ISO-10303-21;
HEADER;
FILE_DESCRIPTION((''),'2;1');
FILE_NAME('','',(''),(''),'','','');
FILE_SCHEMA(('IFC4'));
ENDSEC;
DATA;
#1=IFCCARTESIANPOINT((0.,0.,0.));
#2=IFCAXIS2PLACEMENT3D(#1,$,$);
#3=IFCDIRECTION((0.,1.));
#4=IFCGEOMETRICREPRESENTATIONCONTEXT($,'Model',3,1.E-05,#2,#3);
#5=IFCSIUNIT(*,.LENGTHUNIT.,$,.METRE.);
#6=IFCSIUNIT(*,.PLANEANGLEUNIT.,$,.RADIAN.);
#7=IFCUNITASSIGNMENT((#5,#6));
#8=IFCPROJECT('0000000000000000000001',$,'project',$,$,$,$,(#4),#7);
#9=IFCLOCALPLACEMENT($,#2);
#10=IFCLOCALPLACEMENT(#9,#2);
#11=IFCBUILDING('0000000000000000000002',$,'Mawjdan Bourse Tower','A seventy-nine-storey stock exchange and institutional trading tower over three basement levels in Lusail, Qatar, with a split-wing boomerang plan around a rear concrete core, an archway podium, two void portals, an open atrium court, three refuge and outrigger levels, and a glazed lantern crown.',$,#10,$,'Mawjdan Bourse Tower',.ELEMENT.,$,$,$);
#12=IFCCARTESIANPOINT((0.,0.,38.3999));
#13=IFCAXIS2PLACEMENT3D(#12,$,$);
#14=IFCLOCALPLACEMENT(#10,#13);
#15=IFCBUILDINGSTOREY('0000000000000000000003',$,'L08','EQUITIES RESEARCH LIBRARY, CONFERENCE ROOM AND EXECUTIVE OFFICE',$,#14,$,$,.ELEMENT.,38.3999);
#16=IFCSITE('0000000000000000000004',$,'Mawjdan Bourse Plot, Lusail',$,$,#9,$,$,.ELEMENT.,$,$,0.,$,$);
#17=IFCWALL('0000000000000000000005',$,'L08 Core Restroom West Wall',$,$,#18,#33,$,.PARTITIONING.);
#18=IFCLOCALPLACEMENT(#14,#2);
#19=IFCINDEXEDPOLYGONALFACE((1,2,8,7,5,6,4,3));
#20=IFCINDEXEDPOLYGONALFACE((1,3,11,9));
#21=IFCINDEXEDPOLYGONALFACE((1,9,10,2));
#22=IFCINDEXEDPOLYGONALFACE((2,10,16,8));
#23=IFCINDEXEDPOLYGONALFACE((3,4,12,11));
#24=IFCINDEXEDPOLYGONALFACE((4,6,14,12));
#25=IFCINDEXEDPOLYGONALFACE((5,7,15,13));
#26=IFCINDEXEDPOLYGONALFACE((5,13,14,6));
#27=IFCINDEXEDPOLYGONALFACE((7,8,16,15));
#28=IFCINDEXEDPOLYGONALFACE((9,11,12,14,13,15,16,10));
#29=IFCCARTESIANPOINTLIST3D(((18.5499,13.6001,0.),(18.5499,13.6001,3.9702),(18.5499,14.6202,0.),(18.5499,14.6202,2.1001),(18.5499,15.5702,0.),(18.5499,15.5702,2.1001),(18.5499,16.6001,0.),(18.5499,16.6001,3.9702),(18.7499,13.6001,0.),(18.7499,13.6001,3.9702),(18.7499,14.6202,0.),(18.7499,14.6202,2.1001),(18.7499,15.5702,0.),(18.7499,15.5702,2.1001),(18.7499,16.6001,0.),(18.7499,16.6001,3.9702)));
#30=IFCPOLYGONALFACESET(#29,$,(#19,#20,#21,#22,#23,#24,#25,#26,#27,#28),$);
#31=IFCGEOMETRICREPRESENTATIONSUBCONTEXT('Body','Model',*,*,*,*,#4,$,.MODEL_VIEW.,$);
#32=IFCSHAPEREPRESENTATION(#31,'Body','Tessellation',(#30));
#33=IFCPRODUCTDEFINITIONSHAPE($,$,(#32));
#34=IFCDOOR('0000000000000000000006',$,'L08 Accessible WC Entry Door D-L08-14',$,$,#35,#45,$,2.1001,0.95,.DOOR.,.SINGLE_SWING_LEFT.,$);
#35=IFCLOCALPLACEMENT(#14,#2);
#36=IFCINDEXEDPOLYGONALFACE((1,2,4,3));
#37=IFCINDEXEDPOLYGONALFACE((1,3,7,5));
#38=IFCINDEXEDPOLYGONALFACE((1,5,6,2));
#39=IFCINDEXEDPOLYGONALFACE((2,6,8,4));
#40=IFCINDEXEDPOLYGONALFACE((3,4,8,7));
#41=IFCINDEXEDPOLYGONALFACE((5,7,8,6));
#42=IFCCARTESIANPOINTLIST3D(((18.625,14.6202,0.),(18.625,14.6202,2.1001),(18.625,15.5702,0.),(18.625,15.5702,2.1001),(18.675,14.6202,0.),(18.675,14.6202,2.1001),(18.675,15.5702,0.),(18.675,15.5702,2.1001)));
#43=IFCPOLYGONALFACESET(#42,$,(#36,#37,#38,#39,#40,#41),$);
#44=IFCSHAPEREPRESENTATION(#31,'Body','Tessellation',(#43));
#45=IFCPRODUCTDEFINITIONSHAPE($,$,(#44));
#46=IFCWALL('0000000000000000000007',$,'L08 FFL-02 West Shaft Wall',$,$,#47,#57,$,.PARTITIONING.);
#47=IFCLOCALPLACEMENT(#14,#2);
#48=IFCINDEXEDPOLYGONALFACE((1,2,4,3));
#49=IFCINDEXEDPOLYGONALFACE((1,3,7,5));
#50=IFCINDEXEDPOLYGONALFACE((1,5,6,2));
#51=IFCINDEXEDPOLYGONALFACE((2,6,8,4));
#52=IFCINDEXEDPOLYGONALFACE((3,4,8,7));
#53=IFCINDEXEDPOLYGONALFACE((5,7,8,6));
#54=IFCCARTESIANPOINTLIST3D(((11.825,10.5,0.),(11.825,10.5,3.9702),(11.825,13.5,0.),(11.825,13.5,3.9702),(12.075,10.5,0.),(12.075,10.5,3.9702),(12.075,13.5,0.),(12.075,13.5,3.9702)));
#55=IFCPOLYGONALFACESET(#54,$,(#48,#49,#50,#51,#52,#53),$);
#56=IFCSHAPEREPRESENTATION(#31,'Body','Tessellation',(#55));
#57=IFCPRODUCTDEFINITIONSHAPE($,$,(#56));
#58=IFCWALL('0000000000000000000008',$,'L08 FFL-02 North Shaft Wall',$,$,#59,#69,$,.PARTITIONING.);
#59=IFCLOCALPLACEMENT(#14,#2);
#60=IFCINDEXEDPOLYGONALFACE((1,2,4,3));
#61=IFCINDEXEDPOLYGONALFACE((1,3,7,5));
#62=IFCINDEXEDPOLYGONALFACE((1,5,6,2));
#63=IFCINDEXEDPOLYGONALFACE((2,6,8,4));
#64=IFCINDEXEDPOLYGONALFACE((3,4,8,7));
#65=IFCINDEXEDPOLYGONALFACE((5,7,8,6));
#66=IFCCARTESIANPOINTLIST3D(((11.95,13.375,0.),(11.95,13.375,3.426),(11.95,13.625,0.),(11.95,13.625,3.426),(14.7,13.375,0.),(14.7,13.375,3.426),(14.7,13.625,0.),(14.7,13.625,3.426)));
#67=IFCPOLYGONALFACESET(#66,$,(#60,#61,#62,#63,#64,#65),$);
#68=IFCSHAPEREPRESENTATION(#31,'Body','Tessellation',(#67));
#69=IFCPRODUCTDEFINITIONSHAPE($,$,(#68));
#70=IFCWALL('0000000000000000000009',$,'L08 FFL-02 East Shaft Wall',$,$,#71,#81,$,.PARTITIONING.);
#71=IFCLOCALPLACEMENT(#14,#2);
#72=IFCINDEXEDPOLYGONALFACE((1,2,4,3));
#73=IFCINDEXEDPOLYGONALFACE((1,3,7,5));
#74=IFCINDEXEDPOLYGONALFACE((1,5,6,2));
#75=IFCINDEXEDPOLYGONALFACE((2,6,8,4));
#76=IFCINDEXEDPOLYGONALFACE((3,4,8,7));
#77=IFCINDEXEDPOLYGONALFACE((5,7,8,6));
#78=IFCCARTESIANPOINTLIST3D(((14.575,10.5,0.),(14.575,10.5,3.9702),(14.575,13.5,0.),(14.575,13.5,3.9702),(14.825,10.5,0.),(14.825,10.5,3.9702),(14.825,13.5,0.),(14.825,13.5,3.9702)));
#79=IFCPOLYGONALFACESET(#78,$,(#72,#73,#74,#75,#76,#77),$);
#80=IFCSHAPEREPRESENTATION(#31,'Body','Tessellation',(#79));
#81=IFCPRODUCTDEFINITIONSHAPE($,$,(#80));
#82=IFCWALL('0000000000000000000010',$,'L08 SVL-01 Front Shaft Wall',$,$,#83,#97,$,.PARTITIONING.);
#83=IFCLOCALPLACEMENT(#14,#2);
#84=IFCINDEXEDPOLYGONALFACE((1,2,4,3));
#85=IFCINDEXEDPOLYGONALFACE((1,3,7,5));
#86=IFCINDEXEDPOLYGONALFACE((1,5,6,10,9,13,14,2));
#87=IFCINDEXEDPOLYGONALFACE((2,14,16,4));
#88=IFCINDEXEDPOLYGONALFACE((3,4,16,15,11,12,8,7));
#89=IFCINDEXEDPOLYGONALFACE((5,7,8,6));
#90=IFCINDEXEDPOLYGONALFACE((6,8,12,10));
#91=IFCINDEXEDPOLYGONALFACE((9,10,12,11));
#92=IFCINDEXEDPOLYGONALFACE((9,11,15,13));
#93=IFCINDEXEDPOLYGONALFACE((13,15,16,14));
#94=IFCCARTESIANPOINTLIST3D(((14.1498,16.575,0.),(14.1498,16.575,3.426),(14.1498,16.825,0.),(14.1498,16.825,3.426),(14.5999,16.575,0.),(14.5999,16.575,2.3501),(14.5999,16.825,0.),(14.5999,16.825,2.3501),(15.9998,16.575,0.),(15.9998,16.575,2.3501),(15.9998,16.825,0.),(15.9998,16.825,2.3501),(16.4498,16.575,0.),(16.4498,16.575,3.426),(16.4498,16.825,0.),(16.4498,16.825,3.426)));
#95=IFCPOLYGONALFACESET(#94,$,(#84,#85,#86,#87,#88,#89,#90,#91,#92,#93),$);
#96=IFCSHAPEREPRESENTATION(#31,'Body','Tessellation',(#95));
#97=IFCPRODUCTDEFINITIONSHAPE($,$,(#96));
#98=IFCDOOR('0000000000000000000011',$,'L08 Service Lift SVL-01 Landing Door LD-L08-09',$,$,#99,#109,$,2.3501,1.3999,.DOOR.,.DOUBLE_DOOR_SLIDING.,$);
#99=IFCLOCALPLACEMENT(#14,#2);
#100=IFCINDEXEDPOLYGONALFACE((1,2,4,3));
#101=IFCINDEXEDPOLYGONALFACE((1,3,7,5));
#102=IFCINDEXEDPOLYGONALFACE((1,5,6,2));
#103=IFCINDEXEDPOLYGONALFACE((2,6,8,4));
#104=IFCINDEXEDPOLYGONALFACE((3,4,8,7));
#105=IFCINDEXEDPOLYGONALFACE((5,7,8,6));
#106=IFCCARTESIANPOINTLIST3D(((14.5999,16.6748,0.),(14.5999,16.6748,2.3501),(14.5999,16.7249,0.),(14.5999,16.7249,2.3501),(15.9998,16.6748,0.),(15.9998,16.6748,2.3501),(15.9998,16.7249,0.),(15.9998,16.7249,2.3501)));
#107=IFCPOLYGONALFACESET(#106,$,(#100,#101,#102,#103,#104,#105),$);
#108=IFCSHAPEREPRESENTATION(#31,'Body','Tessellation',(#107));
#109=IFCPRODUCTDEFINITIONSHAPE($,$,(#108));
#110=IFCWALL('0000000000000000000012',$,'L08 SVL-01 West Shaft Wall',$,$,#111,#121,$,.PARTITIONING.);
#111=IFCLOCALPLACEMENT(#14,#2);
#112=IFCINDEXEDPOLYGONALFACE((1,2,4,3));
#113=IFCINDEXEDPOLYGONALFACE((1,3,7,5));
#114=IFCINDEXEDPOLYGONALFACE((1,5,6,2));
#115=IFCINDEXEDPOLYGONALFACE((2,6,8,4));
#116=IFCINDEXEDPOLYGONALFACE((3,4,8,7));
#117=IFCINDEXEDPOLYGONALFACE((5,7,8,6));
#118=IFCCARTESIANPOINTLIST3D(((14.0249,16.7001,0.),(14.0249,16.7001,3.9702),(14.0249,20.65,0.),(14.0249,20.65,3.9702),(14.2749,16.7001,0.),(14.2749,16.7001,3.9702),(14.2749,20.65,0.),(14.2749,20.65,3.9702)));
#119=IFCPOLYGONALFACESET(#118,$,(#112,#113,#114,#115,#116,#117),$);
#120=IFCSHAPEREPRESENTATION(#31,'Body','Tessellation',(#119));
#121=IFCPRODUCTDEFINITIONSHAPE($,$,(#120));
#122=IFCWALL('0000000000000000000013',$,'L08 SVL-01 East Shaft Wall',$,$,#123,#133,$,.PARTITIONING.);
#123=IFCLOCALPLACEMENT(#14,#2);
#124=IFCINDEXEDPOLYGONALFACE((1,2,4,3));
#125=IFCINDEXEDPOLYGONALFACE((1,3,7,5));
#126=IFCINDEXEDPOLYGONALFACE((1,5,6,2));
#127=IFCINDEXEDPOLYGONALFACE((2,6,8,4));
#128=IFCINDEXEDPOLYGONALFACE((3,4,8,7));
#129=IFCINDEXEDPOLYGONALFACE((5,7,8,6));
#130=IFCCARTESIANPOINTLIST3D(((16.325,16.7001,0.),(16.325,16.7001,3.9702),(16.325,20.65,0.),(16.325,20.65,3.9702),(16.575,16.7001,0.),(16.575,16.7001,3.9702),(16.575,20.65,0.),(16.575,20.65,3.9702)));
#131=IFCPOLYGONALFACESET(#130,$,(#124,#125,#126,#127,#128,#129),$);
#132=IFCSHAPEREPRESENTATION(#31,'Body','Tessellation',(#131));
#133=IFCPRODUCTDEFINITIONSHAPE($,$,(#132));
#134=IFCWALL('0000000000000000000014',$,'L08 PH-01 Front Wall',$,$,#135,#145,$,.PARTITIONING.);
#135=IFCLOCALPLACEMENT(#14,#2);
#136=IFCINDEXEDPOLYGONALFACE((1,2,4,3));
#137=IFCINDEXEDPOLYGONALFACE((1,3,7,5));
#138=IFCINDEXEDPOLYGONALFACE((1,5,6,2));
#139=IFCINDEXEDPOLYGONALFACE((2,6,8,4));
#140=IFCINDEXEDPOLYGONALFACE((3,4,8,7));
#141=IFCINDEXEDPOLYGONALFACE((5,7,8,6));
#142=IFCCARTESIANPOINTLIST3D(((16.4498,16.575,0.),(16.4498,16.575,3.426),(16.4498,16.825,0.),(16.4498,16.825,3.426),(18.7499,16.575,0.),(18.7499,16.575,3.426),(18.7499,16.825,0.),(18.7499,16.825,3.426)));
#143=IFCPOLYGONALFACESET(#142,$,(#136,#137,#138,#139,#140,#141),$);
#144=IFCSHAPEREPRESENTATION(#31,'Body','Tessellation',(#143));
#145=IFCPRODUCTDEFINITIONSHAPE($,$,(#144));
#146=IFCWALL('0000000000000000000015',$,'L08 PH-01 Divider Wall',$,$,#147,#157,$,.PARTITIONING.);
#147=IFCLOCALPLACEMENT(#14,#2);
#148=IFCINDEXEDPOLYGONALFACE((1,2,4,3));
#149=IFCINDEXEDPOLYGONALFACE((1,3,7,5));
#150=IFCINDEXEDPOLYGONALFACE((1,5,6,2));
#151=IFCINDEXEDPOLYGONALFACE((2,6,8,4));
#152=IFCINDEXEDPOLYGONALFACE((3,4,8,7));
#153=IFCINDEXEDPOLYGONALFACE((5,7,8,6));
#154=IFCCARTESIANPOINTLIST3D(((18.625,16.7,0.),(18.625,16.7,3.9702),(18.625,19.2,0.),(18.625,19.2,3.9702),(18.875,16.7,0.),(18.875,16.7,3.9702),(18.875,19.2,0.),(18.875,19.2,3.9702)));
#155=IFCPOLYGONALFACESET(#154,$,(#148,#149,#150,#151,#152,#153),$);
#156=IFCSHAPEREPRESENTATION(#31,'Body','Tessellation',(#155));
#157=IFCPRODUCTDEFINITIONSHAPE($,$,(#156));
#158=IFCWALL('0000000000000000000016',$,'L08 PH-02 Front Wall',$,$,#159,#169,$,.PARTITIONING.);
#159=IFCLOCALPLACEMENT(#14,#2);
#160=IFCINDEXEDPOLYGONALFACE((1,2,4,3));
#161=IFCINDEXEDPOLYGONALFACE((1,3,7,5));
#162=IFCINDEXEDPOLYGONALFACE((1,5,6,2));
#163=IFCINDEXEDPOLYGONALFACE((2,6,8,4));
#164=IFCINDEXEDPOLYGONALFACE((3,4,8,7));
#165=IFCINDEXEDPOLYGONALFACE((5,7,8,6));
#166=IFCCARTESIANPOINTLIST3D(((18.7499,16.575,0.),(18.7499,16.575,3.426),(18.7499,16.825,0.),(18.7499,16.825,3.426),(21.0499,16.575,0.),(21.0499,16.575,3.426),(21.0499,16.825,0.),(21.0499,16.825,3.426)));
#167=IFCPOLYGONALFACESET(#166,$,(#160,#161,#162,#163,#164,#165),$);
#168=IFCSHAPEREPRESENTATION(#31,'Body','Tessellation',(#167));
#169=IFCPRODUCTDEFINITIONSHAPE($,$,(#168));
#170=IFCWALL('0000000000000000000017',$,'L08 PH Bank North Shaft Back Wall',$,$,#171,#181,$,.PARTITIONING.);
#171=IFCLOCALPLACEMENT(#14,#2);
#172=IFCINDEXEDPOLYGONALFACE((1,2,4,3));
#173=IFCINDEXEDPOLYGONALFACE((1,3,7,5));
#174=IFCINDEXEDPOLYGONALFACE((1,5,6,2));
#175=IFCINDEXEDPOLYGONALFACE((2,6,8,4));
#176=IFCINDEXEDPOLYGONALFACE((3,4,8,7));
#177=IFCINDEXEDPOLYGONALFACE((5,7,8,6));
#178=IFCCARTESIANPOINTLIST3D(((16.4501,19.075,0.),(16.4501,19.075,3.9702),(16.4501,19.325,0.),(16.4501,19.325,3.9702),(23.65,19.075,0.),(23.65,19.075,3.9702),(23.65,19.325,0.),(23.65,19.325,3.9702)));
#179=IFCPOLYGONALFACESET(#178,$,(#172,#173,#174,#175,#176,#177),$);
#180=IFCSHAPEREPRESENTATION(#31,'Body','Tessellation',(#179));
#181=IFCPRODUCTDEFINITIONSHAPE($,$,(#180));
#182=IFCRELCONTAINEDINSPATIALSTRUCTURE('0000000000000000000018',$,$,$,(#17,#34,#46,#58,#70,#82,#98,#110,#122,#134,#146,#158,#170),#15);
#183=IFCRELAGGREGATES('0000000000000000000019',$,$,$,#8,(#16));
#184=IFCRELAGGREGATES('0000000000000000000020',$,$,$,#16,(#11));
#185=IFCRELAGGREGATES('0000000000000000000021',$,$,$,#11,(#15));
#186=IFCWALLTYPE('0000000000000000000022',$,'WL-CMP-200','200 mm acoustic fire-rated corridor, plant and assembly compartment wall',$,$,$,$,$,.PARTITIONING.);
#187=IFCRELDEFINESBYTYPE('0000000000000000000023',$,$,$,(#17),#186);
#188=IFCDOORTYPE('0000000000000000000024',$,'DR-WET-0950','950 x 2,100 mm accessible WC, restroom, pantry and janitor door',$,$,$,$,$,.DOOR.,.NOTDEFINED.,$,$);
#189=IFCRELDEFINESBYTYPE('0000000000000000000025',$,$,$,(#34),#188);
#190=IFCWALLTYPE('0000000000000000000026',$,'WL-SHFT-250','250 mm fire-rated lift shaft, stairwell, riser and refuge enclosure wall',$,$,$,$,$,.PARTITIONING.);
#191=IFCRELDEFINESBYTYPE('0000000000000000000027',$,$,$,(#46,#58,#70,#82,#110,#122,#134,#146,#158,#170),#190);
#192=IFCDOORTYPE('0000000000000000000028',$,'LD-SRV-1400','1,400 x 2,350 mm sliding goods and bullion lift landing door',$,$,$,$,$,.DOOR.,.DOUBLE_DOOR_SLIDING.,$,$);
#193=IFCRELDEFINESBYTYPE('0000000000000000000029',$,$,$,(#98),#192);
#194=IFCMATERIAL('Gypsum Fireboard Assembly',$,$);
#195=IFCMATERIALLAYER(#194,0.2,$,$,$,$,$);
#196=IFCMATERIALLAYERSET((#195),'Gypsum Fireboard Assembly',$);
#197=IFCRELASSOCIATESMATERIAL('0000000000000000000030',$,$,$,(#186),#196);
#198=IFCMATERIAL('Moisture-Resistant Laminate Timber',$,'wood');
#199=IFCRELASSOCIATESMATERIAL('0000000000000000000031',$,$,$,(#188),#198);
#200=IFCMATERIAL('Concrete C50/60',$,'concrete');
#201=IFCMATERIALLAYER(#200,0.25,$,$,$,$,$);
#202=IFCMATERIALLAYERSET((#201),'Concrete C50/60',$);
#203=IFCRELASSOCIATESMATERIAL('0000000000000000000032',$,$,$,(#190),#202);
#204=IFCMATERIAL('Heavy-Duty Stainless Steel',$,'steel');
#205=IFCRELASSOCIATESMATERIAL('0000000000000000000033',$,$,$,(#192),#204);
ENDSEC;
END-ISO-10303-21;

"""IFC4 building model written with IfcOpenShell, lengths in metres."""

from ifc_helpers import new_model, si_unit, direction, frame, frame_2d, origin, place, context, subcontext, project, spatial, rectangle, extrude, material, layer, layer_set, type_object, element, fill, save


model = new_model("IFC4")

# Units and contexts
model_context = context("Model", 3, precision=1e-05, world=origin(), true_north=direction((0.0, 1.0)))
body_context = subcontext(model_context, "Body", "Model", "MODEL_VIEW")
ifc_project = project(units=[si_unit("LENGTHUNIT", "METRE"), si_unit("PLANEANGLEUNIT", "RADIAN")], contexts=[model_context])

# Site, building, storey
site_placement = place(None, origin())
site = spatial("IfcSite", under=ifc_project, at=site_placement, Name="Mawjdan Bourse Plot, Lusail", CompositionType="ELEMENT", RefElevation=0.0)
building_placement = place(site_placement, origin())
building = spatial("IfcBuilding", under=site, at=building_placement, Name="Mawjdan Bourse Tower", Description="A seventy-nine-storey stock exchange and institutional trading tower over three basement levels in Lusail, Qatar, with a split-wing boomerang plan around a rear concrete core, an archway podium, two void portals, an open atrium court, three refuge and outrigger levels, and a glazed lantern crown.", LongName="Mawjdan Bourse Tower", CompositionType="ELEMENT")
storey_placement = place(building_placement, frame((0.0, 0.0, 38.3999)))
storey = spatial("IfcBuildingStorey", under=building, at=storey_placement, Name="L08", Description="EQUITIES RESEARCH LIBRARY, CONFERENCE ROOM AND EXECUTIVE OFFICE", CompositionType="ELEMENT", Elevation=38.3999)

# Wall, opening, door
ifc_material_1 = material(Name="Gypsum Fireboard Assembly")
ifc_layer_1 = layer(ifc_material_1, 0.2)
ifc_layer_set_1 = layer_set([ifc_layer_1], Name="Gypsum Fireboard Assembly")
wall_type_1 = type_object("IfcWallType", Name="WL-CMP-200", Description="200 mm acoustic fire-rated corridor, plant and assembly compartment wall", PredefinedType="PARTITIONING", material=ifc_layer_set_1)
wall_1_placement = place(storey_placement, frame((18.6499, 13.6001, 0.0), z_axis=(0.0, 0.0, 1.0), x_axis=(0.0, 1.0, 0.0)))
wall_1 = element("IfcWall", 1, at=wall_1_placement, inside=storey, type_object=wall_type_1, Name="L08 Core Restroom West Wall", PredefinedType="PARTITIONING", context=body_context, shape_type="SweptSolid", body=[
    extrude(rectangle(XDim=3.0, YDim=0.2, at=frame_2d((1.5, 0.0))), origin(), (0.0, 0.0, 1.0), 3.9702),
])
opening_1_placement = place(wall_1_placement, frame((1.02, 0.0, 0.0)))
opening_1 = element("IfcOpeningElement", 2, at=opening_1_placement, cuts=wall_1, PredefinedType="OPENING", context=body_context, shape_type="SweptSolid", body=[
    extrude(rectangle(XDim=0.95, YDim=2.1001, at=frame_2d((0.4751, 1.05))), frame((0.0, 0.1099, 0.0), z_axis=(0.0, -1.0, 0.0), x_axis=(1.0, 0.0, 0.0)), (0.0, 0.0, 1.0), 0.22),
])
ifc_material_2 = material(Name="Moisture-Resistant Laminate Timber", Category="wood")
door_type_1 = type_object("IfcDoorType", Name="DR-WET-0950", Description="950 x 2,100 mm accessible WC, restroom, pantry and janitor door", OperationType="NOTDEFINED", PredefinedType="DOOR", material=ifc_material_2)
door_1_placement = place(opening_1_placement, origin())
door_1 = element("IfcDoor", 3, at=door_1_placement, inside=storey, type_object=door_type_1, Name="L08 Accessible WC Entry Door D-L08-14", OperationType="SINGLE_SWING_LEFT", OverallHeight=2.1001, OverallWidth=0.95, PredefinedType="DOOR", context=body_context, shape_type="SweptSolid", body=[
    extrude(rectangle(XDim=0.95, YDim=2.1001, at=frame_2d((0.4751, 1.05))), frame((0.0, 0.0249, 0.0), z_axis=(0.0, -1.0, 0.0), x_axis=(1.0, 0.0, 0.0)), (0.0, 0.0, 1.0), 0.05),
])
fill(opening_1, door_1)

# Walls
ifc_material_3 = material(Name="Concrete C50/60", Category="concrete")
ifc_layer_2 = layer(ifc_material_3, 0.25)
ifc_layer_set_2 = layer_set([ifc_layer_2], Name="Concrete C50/60")
wall_type_2 = type_object("IfcWallType", Name="WL-SHFT-250", Description="250 mm fire-rated lift shaft, stairwell, riser and refuge enclosure wall", PredefinedType="PARTITIONING", material=ifc_layer_set_2)
wall_2_placement = place(storey_placement, frame((11.95, 10.5, 0.0), z_axis=(0.0, 0.0, 1.0), x_axis=(0.0, 1.0, 0.0)))
element("IfcWall", 4, at=wall_2_placement, inside=storey, type_object=wall_type_2, Name="L08 FFL-02 West Shaft Wall", PredefinedType="PARTITIONING", context=body_context, shape_type="SweptSolid", body=[
    extrude(rectangle(XDim=3.0, YDim=0.25, at=frame_2d((1.5, 0.0))), origin(), (0.0, 0.0, 1.0), 3.9702),
])
wall_3_placement = place(storey_placement, frame((11.95, 13.5, 0.0), z_axis=(0.0, 0.0, 1.0), x_axis=(1.0, 0.0, 0.0)))
element("IfcWall", 5, at=wall_3_placement, inside=storey, type_object=wall_type_2, Name="L08 FFL-02 North Shaft Wall", PredefinedType="PARTITIONING", context=body_context, shape_type="SweptSolid", body=[
    extrude(rectangle(XDim=2.75, YDim=0.25, at=frame_2d((1.375, 0.0))), origin(), (0.0, 0.0, 1.0), 3.426),
])
wall_4_placement = place(storey_placement, frame((14.7, 10.5, 0.0), z_axis=(0.0, 0.0, 1.0), x_axis=(0.0, 1.0, 0.0)))
element("IfcWall", 6, at=wall_4_placement, inside=storey, type_object=wall_type_2, Name="L08 FFL-02 East Shaft Wall", PredefinedType="PARTITIONING", context=body_context, shape_type="SweptSolid", body=[
    extrude(rectangle(XDim=3.0, YDim=0.25, at=frame_2d((1.5, 0.0))), origin(), (0.0, 0.0, 1.0), 3.9702),
])

# Wall, opening, door
wall_5_placement = place(storey_placement, frame((14.1499, 16.7, 0.0), z_axis=(0.0, 0.0, 1.0), x_axis=(1.0, 0.0, 0.0)))
wall_5 = element("IfcWall", 7, at=wall_5_placement, inside=storey, type_object=wall_type_2, Name="L08 SVL-01 Front Shaft Wall", PredefinedType="PARTITIONING", context=body_context, shape_type="SweptSolid", body=[
    extrude(rectangle(XDim=2.3, YDim=0.25, at=frame_2d((1.1499, 0.0))), origin(), (0.0, 0.0, 1.0), 3.426),
])
opening_2_placement = place(wall_5_placement, frame((0.45, 0.0, 0.0)))
opening_2 = element("IfcOpeningElement", 8, at=opening_2_placement, cuts=wall_5, PredefinedType="OPENING", context=body_context, shape_type="SweptSolid", body=[
    extrude(rectangle(XDim=1.3999, YDim=2.3501, at=frame_2d((0.7, 1.175))), frame((0.0, 0.135, 0.0), z_axis=(0.0, -1.0, 0.0), x_axis=(1.0, 0.0, 0.0)), (0.0, 0.0, 1.0), 0.27),
])
ifc_material_4 = material(Name="Heavy-Duty Stainless Steel", Category="steel")
door_type_2 = type_object("IfcDoorType", Name="LD-SRV-1400", Description="1,400 x 2,350 mm sliding goods and bullion lift landing door", OperationType="DOUBLE_DOOR_SLIDING", PredefinedType="DOOR", material=ifc_material_4)
door_2_placement = place(opening_2_placement, origin())
door_2 = element("IfcDoor", 9, at=door_2_placement, inside=storey, type_object=door_type_2, Name="L08 Service Lift SVL-01 Landing Door LD-L08-09", OperationType="DOUBLE_DOOR_SLIDING", OverallHeight=2.3501, OverallWidth=1.3999, PredefinedType="DOOR", context=body_context, shape_type="SweptSolid", body=[
    extrude(rectangle(XDim=1.3999, YDim=2.3501, at=frame_2d((0.7, 1.175))), frame((0.0, 0.0249, 0.0), z_axis=(0.0, -1.0, 0.0), x_axis=(1.0, 0.0, 0.0)), (0.0, 0.0, 1.0), 0.05),
])
fill(opening_2, door_2)

# Walls
for number, where, z_axis, x_axis, name in (
    (10, (14.1499, 16.7, 0.0), (0.0, 0.0, 1.0), (0.0, 1.0, 0.0), "L08 SVL-01 West Shaft Wall"),
    (11, (16.45, 16.7, 0.0), (0.0, 0.0, 1.0), (0.0, 1.0, 0.0), "L08 SVL-01 East Shaft Wall"),
):
    element("IfcWall", number, at=place(storey_placement, frame(where, z_axis=z_axis, x_axis=x_axis)), inside=storey, type_object=wall_type_2, Name=name, PredefinedType="PARTITIONING", context=body_context, shape_type="SweptSolid", body=[
        extrude(rectangle(XDim=3.95, YDim=0.25, at=frame_2d((1.9751, 0.0))), origin(), (0.0, 0.0, 1.0), 3.9702),
    ])
wall_6_placement = place(storey_placement, frame((16.45, 16.7, 0.0), z_axis=(0.0, 0.0, 1.0), x_axis=(1.0, 0.0, 0.0)))
element("IfcWall", 12, at=wall_6_placement, inside=storey, type_object=wall_type_2, Name="L08 PH-01 Front Wall", PredefinedType="PARTITIONING", context=body_context, shape_type="SweptSolid", body=[
    extrude(rectangle(XDim=2.3, YDim=0.25, at=frame_2d((1.1499, 0.0))), origin(), (0.0, 0.0, 1.0), 3.426),
])
wall_7_placement = place(storey_placement, frame((18.75, 16.7, 0.0), z_axis=(0.0, 0.0, 1.0), x_axis=(0.0, 1.0, 0.0)))
element("IfcWall", 13, at=wall_7_placement, inside=storey, type_object=wall_type_2, Name="L08 PH-01 Divider Wall", PredefinedType="PARTITIONING", context=body_context, shape_type="SweptSolid", body=[
    extrude(rectangle(XDim=2.5, YDim=0.25, at=frame_2d((1.25, 0.0))), origin(), (0.0, 0.0, 1.0), 3.9702),
])
wall_8_placement = place(storey_placement, frame((18.75, 16.7, 0.0), z_axis=(0.0, 0.0, 1.0), x_axis=(1.0, 0.0, 0.0)))
element("IfcWall", 14, at=wall_8_placement, inside=storey, type_object=wall_type_2, Name="L08 PH-02 Front Wall", PredefinedType="PARTITIONING", context=body_context, shape_type="SweptSolid", body=[
    extrude(rectangle(XDim=2.3, YDim=0.25, at=frame_2d((1.1499, 0.0))), origin(), (0.0, 0.0, 1.0), 3.426),
])
wall_9_placement = place(storey_placement, frame((16.45, 19.2, 0.0), z_axis=(0.0, 0.0, 1.0), x_axis=(1.0, 0.0, 0.0)))
element("IfcWall", 15, at=wall_9_placement, inside=storey, type_object=wall_type_2, Name="L08 PH Bank North Shaft Back Wall", PredefinedType="PARTITIONING", context=body_context, shape_type="SweptSolid", body=[
    extrude(rectangle(XDim=7.2, YDim=0.25, at=frame_2d((3.6001, 0.0))), origin(), (0.0, 0.0, 1.0), 3.9702),
])

save(model, "model.ifc")
